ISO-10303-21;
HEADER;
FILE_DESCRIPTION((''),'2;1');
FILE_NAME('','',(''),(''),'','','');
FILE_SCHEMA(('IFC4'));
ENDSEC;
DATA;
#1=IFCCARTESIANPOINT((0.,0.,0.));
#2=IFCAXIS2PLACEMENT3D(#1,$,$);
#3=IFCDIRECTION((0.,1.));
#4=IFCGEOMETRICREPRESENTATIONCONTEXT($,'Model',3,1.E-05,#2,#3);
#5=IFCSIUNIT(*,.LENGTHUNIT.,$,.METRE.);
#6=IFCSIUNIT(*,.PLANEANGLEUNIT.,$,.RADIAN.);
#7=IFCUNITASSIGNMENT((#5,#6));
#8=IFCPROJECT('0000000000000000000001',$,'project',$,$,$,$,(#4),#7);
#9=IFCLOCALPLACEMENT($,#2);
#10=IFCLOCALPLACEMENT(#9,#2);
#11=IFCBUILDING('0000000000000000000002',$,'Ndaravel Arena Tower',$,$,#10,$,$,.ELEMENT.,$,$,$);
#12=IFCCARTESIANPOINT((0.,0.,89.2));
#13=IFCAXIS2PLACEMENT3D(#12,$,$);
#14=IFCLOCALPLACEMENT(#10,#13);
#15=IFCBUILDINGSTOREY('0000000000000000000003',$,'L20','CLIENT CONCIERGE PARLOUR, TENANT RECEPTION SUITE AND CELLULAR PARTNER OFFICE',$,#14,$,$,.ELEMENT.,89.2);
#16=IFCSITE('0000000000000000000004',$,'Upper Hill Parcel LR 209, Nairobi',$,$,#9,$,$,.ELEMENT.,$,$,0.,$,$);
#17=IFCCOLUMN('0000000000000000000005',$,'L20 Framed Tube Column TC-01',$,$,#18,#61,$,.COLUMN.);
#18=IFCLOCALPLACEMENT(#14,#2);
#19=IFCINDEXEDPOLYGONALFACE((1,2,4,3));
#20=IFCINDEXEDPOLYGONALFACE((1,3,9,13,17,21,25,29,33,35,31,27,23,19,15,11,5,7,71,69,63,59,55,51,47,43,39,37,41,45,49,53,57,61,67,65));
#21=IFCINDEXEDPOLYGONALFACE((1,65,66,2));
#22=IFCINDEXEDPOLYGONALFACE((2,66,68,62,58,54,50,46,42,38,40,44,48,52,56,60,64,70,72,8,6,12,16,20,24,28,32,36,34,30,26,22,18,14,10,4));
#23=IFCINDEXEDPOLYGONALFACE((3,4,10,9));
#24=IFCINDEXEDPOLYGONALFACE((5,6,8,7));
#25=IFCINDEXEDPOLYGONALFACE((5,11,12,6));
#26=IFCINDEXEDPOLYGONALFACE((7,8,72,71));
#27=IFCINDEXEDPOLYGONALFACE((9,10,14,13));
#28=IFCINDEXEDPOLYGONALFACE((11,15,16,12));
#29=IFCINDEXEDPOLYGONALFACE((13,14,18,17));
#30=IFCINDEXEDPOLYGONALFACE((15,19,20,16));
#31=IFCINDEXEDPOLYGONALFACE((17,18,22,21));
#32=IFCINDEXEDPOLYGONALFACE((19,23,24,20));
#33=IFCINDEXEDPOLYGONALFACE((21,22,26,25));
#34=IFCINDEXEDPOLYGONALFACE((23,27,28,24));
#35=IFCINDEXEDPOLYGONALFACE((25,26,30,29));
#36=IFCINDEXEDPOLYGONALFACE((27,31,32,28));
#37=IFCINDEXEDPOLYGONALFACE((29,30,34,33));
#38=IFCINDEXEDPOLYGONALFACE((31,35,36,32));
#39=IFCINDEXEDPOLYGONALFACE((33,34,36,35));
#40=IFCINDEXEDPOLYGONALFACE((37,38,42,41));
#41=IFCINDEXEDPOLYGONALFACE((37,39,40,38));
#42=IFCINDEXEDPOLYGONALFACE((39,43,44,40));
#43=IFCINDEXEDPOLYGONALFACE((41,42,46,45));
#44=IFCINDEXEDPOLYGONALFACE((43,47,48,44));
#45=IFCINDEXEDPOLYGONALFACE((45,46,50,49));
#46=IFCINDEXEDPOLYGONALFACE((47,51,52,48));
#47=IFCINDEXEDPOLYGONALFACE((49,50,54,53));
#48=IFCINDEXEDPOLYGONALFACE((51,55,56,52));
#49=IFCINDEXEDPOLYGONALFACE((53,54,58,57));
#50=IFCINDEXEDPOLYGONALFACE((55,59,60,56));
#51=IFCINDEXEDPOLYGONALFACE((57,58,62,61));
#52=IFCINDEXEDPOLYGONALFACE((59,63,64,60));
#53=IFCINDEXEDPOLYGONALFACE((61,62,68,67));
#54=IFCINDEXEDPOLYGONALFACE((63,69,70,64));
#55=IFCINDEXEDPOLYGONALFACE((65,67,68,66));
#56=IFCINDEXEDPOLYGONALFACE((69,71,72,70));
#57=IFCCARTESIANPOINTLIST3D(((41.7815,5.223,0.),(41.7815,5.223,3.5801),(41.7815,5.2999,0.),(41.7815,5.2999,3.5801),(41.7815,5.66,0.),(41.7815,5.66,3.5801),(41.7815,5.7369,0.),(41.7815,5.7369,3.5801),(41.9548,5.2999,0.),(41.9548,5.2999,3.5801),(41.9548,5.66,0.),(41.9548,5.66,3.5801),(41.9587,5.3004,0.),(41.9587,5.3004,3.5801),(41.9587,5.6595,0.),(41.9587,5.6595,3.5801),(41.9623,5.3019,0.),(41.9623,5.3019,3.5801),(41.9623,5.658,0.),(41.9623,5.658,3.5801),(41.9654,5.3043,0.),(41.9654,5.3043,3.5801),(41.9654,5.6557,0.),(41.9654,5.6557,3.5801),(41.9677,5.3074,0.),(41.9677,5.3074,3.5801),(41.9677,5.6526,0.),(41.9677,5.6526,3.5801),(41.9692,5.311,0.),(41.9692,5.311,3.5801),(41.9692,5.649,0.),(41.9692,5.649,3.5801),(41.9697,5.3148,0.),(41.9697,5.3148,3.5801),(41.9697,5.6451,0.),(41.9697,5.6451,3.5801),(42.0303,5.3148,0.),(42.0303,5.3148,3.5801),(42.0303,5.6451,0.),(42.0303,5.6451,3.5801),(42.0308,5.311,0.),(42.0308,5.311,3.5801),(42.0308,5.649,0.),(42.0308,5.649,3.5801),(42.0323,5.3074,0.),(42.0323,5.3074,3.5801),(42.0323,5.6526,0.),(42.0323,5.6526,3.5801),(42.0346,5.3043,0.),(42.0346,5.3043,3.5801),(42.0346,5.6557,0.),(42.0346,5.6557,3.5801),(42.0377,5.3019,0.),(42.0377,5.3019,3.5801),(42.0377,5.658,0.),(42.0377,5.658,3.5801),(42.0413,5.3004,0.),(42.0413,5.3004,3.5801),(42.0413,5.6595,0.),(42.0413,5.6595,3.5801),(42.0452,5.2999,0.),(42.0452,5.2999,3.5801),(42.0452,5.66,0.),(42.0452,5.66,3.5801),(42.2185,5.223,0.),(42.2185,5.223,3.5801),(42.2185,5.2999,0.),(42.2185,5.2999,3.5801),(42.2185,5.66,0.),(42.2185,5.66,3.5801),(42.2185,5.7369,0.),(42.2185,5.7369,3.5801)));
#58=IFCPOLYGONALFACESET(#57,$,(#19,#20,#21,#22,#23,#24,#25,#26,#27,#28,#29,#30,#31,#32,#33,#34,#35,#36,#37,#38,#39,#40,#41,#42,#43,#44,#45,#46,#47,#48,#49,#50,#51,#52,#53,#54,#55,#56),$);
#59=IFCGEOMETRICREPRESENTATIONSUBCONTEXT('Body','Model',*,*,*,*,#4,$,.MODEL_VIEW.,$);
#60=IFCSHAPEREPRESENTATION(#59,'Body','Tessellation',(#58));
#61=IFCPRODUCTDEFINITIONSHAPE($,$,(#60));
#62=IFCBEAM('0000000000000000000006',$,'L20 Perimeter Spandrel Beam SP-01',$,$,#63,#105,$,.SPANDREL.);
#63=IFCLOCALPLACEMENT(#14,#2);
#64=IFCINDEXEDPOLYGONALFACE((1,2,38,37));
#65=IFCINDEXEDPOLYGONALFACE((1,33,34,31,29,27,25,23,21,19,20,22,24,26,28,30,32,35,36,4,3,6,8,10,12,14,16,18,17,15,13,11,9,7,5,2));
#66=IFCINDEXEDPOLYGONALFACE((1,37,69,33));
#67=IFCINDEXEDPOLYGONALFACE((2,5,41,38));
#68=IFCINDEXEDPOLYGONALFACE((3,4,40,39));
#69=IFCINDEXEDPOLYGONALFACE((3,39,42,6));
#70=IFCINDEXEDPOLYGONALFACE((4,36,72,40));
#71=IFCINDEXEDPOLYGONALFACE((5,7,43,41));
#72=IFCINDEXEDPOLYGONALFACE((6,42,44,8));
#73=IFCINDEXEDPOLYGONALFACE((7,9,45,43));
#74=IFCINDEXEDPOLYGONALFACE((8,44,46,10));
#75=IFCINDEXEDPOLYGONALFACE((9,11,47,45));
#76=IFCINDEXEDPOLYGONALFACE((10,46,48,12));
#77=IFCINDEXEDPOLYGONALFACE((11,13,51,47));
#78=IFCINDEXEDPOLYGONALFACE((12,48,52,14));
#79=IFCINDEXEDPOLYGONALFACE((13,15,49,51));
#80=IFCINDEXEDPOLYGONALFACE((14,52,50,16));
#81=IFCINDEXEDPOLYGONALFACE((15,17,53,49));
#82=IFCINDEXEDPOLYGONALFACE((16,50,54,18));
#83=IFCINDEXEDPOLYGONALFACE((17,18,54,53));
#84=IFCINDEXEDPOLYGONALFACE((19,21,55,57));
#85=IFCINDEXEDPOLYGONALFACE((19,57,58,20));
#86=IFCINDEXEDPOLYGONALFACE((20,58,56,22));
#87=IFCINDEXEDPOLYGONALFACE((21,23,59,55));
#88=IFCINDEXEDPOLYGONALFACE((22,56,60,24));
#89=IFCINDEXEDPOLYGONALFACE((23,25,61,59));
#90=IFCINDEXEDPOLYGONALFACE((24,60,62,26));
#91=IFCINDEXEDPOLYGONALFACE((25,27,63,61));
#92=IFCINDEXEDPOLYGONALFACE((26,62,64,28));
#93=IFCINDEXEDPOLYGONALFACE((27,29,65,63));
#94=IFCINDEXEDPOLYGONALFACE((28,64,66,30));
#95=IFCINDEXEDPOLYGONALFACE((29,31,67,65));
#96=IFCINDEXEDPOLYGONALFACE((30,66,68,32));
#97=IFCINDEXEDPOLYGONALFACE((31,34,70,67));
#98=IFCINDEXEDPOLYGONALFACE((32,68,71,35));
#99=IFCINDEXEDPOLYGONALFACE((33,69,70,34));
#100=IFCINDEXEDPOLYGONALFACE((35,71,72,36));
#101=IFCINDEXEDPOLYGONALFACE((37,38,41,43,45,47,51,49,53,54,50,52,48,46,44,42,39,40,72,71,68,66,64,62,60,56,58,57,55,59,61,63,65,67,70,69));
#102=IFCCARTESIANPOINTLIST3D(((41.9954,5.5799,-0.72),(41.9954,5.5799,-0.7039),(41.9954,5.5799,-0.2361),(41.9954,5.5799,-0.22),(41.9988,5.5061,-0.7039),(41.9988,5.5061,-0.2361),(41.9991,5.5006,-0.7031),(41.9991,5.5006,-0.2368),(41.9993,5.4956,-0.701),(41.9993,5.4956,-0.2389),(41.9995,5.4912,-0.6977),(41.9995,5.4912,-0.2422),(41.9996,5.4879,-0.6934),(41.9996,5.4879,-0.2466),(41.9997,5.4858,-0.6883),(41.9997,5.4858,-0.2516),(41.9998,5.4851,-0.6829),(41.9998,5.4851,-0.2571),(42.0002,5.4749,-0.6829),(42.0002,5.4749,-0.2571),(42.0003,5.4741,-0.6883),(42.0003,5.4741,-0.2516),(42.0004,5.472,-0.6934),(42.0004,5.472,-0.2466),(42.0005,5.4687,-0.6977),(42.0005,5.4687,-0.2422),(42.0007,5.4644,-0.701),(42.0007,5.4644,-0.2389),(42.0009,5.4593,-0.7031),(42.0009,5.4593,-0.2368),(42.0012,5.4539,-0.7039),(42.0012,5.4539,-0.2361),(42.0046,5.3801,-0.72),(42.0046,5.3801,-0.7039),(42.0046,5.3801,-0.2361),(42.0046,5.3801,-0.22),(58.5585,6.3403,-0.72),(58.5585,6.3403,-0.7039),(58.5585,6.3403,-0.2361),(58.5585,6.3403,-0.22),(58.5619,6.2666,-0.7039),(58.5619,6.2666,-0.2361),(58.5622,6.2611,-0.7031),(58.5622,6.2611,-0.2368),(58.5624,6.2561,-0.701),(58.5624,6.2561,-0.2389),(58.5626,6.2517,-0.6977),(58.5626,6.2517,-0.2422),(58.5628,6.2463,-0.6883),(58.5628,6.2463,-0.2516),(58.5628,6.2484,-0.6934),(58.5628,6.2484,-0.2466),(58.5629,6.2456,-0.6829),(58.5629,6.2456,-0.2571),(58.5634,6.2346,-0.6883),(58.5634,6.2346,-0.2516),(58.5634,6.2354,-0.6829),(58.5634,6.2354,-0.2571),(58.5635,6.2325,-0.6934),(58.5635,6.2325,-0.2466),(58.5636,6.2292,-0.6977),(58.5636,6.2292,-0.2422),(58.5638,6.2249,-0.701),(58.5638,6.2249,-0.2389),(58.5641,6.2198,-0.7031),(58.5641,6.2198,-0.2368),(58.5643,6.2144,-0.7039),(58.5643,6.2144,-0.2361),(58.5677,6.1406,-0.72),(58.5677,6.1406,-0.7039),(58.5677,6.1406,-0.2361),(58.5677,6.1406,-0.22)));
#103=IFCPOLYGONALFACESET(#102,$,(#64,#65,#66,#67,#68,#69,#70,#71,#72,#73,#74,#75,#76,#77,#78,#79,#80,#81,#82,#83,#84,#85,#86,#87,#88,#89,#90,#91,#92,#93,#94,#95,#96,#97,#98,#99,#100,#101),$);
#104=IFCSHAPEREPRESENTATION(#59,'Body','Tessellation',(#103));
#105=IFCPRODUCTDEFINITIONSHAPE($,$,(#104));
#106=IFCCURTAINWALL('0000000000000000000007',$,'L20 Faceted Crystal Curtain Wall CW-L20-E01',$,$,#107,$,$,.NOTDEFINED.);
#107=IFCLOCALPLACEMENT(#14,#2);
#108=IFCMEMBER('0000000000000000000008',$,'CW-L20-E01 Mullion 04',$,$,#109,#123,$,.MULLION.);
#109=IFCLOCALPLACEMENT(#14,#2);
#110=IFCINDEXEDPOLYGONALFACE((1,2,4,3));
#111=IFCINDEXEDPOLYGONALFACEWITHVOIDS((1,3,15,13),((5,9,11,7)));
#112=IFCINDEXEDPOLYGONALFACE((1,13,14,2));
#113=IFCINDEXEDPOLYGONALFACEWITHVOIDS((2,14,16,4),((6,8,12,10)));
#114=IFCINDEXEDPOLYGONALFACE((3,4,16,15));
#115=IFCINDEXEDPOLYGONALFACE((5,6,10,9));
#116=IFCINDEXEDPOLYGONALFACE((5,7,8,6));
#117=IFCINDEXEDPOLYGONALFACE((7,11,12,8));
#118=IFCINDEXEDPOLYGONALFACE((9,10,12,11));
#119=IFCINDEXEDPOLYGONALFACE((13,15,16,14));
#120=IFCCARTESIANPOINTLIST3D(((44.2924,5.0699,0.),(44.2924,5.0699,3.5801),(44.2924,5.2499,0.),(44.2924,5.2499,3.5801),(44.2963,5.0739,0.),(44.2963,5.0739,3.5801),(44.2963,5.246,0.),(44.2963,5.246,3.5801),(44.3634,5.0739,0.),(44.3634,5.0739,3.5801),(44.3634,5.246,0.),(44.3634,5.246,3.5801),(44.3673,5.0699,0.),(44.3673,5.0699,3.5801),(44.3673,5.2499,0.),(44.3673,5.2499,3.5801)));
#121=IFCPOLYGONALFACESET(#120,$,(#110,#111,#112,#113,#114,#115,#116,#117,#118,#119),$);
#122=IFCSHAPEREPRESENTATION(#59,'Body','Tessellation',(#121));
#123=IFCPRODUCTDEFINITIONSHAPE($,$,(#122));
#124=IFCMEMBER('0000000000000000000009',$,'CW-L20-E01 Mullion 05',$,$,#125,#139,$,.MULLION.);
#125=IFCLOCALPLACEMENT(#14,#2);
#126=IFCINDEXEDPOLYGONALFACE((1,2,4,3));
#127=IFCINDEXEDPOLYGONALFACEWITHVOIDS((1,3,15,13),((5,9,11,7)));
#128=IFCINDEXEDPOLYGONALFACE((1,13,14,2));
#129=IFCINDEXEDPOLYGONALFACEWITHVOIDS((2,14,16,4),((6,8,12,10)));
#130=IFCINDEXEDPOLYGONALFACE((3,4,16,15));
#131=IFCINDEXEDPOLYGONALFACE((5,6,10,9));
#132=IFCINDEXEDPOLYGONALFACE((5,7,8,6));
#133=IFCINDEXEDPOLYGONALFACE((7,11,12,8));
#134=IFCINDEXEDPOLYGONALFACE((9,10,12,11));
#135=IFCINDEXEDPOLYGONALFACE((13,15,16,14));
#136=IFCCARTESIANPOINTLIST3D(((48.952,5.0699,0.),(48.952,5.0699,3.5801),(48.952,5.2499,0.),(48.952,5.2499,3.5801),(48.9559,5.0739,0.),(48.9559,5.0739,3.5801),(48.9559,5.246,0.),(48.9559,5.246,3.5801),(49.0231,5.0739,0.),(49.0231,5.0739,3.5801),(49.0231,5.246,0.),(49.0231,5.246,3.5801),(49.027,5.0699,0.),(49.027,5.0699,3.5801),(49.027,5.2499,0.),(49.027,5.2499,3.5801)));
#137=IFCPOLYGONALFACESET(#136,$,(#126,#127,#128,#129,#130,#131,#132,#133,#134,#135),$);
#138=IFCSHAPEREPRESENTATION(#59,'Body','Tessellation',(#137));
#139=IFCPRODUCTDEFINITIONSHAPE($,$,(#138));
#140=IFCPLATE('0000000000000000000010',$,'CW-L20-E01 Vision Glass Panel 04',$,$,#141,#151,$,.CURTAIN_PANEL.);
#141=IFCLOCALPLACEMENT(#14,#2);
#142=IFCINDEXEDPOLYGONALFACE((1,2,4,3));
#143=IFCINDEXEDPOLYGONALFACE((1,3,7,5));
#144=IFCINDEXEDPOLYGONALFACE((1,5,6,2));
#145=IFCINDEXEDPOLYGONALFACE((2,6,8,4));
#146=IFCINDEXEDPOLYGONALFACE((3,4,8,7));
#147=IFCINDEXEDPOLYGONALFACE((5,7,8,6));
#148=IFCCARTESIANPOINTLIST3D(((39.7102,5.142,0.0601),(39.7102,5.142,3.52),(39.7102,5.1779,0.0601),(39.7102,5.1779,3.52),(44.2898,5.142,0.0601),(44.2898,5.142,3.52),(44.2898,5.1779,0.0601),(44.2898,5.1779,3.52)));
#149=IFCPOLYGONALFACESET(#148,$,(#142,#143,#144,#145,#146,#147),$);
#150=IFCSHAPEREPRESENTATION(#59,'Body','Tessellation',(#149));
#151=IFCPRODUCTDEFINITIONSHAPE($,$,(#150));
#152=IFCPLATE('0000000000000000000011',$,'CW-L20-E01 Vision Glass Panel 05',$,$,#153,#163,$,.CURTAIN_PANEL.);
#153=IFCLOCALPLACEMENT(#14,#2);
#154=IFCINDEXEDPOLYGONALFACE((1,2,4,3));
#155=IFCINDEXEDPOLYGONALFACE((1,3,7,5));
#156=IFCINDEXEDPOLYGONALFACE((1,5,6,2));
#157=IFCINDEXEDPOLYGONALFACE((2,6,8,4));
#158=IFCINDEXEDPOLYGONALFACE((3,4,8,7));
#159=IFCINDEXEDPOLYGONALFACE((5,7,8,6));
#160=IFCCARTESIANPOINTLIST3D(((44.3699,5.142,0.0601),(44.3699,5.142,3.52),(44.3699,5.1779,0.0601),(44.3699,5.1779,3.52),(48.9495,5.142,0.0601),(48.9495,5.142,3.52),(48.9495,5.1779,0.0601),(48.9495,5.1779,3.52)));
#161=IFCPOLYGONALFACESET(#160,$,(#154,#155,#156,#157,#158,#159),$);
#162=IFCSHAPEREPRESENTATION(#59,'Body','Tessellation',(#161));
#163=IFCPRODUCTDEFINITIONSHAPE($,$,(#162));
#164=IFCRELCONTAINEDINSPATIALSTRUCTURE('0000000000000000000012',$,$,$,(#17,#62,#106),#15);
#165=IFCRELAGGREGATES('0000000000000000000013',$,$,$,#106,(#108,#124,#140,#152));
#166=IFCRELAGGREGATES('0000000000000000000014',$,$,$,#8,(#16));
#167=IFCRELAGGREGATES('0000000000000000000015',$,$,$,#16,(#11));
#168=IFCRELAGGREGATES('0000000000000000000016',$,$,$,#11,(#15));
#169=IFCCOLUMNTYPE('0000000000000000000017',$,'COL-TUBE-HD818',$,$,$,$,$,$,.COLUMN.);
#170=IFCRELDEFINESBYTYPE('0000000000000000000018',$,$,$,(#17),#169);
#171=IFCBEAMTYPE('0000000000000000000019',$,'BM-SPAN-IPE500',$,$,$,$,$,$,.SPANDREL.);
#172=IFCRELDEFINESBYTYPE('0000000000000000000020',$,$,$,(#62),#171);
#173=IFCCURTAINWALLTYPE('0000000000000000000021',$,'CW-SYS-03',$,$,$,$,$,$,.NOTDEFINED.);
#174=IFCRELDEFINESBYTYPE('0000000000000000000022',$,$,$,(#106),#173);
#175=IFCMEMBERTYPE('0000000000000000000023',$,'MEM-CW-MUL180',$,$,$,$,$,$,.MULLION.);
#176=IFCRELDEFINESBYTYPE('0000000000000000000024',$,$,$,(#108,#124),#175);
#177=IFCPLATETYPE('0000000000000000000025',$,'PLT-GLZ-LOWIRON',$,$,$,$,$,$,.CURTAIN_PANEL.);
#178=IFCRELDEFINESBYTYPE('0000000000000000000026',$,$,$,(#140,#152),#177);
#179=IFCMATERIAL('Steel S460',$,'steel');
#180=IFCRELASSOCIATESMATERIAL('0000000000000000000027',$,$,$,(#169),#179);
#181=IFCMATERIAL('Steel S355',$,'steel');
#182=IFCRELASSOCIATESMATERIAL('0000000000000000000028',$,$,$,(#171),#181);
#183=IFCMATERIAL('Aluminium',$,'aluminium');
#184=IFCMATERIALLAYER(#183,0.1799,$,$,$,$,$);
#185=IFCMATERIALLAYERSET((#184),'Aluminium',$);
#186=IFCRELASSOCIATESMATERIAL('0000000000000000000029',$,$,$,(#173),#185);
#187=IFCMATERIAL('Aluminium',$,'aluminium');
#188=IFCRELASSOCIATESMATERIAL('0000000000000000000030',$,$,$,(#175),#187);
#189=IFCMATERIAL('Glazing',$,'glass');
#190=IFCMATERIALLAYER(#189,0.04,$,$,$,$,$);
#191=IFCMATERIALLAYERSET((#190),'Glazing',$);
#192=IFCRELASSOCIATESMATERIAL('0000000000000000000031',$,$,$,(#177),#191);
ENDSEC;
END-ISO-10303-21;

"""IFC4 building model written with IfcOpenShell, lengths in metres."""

from ifc_helpers import new_model, si_unit, direction, frame, origin, origin_2d, place, context, subcontext, project, spatial, rectangle, hollow_rectangle, i_section, extrude, material, layer, layer_set, material_profile, profile_set, type_object, element, aggregate, save


model = new_model("IFC4")

# Units and contexts
model_context = context("Model", 3, precision=1e-05, world=origin(), true_north=direction((0.0, 1.0)))
body_context = subcontext(model_context, "Body", "Model", "MODEL_VIEW")
ifc_project = project(units=[si_unit("LENGTHUNIT", "METRE"), si_unit("PLANEANGLEUNIT", "RADIAN")], contexts=[model_context])

# Site, building, storey
site_placement = place(None, origin())
site = spatial("IfcSite", under=ifc_project, at=site_placement, Name="Upper Hill Parcel LR 209, Nairobi", CompositionType="ELEMENT", RefElevation=0.0)
building_placement = place(site_placement, origin())
building = spatial("IfcBuilding", under=site, at=building_placement, Name="Ndaravel Arena Tower", CompositionType="ELEMENT")
storey_placement = place(building_placement, frame((0.0, 0.0, 89.2)))
storey = spatial("IfcBuildingStorey", under=building, at=storey_placement, Name="L20", Description="CLIENT CONCIERGE PARLOUR, TENANT RECEPTION SUITE AND CELLULAR PARTNER OFFICE", CompositionType="ELEMENT", Elevation=89.2)

# Column
ifc_material_1 = material(Name="Steel S460", Category="steel")
ifc_material_profile_1 = material_profile(ifc_material_1, i_section(OverallWidth=0.437, OverallDepth=0.5139, WebThickness=0.0605, FlangeThickness=0.0769, FilletRadius=0.0149, at=origin_2d()), Name="HD 400x818")
ifc_profile_set_1 = profile_set([ifc_material_profile_1], Name="Steel S460")
column_type = type_object("IfcColumnType", Name="COL-TUBE-HD818", PredefinedType="COLUMN", material=ifc_profile_set_1)
column_placement = place(storey_placement, frame((42.0, 5.48, 0.0), z_axis=(0.0, 0.0, 1.0), x_axis=(1.0, 0.0, 0.0)))
element("IfcColumn", 1, at=column_placement, inside=storey, type_object=column_type, Name="L20 Framed Tube Column TC-01", PredefinedType="COLUMN", context=body_context, shape_type="SweptSolid", body=[
    extrude(i_section(OverallWidth=0.437, OverallDepth=0.5139, WebThickness=0.0605, FlangeThickness=0.0769, FilletRadius=0.0149, at=origin_2d()), origin(), (0.0, 0.0, 1.0), 3.5801),
])

# Beam
ifc_material_2 = material(Name="Steel S355", Category="steel")
ifc_material_profile_2 = material_profile(ifc_material_2, i_section(OverallWidth=0.2, OverallDepth=0.5, WebThickness=0.0103, FlangeThickness=0.0161, FilletRadius=0.021, at=origin_2d()), Name="IPE 500")
ifc_profile_set_2 = profile_set([ifc_material_profile_2], Name="Steel S355")
beam_type = type_object("IfcBeamType", Name="BM-SPAN-IPE500", PredefinedType="SPANDREL", material=ifc_profile_set_2)
beam_placement = place(storey_placement, frame((42.0, 5.48, -0.47), z_axis=(0.998948, 0.045867, 0.0), x_axis=(-0.045867, 0.998948, 0.0)))
element("IfcBeam", 2, at=beam_placement, inside=storey, type_object=beam_type, Name="L20 Perimeter Spandrel Beam SP-01", PredefinedType="SPANDREL", context=body_context, shape_type="SweptSolid", body=[
    extrude(i_section(OverallWidth=0.2, OverallDepth=0.5, WebThickness=0.0103, FlangeThickness=0.0161, FilletRadius=0.021, at=origin_2d()), origin(), (0.0, 0.0, 1.0), 16.5806),
])

# Curtain wall, members, plates
ifc_material_3 = material(Name="Aluminium", Category="aluminium")
ifc_layer_1 = layer(ifc_material_3, 0.1799)
ifc_layer_set_1 = layer_set([ifc_layer_1], Name="Aluminium")
curtain_wall_type = type_object("IfcCurtainWallType", Name="CW-SYS-03", PredefinedType="NOTDEFINED", material=ifc_layer_set_1)
curtain_wall_placement = place(storey_placement, origin())
curtain_wall = element("IfcCurtainWall", 3, at=curtain_wall_placement, inside=storey, type_object=curtain_wall_type, Name="L20 Faceted Crystal Curtain Wall CW-L20-E01", PredefinedType="NOTDEFINED")
ifc_material_4 = material(Name="Aluminium", Category="aluminium")
ifc_material_profile_3 = material_profile(ifc_material_4, hollow_rectangle(XDim=0.075, YDim=0.1799, WallThickness=0.0039, at=origin_2d()), Name="CW MULLION 75x180x4")
ifc_profile_set_3 = profile_set([ifc_material_profile_3], Name="Aluminium")
member_type = type_object("IfcMemberType", Name="MEM-CW-MUL180", PredefinedType="MULLION", material=ifc_profile_set_3)
member_1_placement = place(storey_placement, frame((44.3298, 5.1599, 0.0), z_axis=(0.0, 0.0, 1.0), x_axis=(1.0, 0.0, 0.0)))
member_1 = element("IfcMember", 4, at=member_1_placement, type_object=member_type, Name="CW-L20-E01 Mullion 04", PredefinedType="MULLION", context=body_context, shape_type="SweptSolid", body=[
    extrude(hollow_rectangle(XDim=0.075, YDim=0.1799, WallThickness=0.0039, at=origin_2d()), origin(), (0.0, 0.0, 1.0), 3.5801),
])
member_2_placement = place(storey_placement, frame((48.9895, 5.1599, 0.0), z_axis=(0.0, 0.0, 1.0), x_axis=(1.0, 0.0, 0.0)))
member_2 = element("IfcMember", 5, at=member_2_placement, type_object=member_type, Name="CW-L20-E01 Mullion 05", PredefinedType="MULLION", context=body_context, shape_type="SweptSolid", body=[
    extrude(hollow_rectangle(XDim=0.075, YDim=0.1799, WallThickness=0.0039, at=origin_2d()), origin(), (0.0, 0.0, 1.0), 3.5801),
])
ifc_material_5 = material(Name="Glazing", Category="glass")
ifc_layer_2 = layer(ifc_material_5, 0.04)
ifc_layer_set_2 = layer_set([ifc_layer_2], Name="Glazing")
plate_type = type_object("IfcPlateType", Name="PLT-GLZ-LOWIRON", PredefinedType="CURTAIN_PANEL", material=ifc_layer_set_2)
plate_1_placement = place(storey_placement, frame((42.0, 5.1599, 0.0601), z_axis=(0.0, 0.0, 1.0), x_axis=(1.0, 0.0, 0.0)))
plate_1 = element("IfcPlate", 6, at=plate_1_placement, type_object=plate_type, Name="CW-L20-E01 Vision Glass Panel 04", PredefinedType="CURTAIN_PANEL", context=body_context, shape_type="SweptSolid", body=[
    extrude(rectangle(XDim=4.5796, YDim=0.0359, at=origin_2d()), origin(), (0.0, 0.0, 1.0), 3.46),
])
plate_2_placement = place(storey_placement, frame((46.6597, 5.1599, 0.0601), z_axis=(0.0, 0.0, 1.0), x_axis=(1.0, 0.0, 0.0)))
plate_2 = element("IfcPlate", 7, at=plate_2_placement, type_object=plate_type, Name="CW-L20-E01 Vision Glass Panel 05", PredefinedType="CURTAIN_PANEL", context=body_context, shape_type="SweptSolid", body=[
    extrude(rectangle(XDim=4.5796, YDim=0.0359, at=origin_2d()), origin(), (0.0, 0.0, 1.0), 3.46),
])
aggregate(curtain_wall, [member_1, member_2, plate_1, plate_2])

save(model, "model.ifc")
